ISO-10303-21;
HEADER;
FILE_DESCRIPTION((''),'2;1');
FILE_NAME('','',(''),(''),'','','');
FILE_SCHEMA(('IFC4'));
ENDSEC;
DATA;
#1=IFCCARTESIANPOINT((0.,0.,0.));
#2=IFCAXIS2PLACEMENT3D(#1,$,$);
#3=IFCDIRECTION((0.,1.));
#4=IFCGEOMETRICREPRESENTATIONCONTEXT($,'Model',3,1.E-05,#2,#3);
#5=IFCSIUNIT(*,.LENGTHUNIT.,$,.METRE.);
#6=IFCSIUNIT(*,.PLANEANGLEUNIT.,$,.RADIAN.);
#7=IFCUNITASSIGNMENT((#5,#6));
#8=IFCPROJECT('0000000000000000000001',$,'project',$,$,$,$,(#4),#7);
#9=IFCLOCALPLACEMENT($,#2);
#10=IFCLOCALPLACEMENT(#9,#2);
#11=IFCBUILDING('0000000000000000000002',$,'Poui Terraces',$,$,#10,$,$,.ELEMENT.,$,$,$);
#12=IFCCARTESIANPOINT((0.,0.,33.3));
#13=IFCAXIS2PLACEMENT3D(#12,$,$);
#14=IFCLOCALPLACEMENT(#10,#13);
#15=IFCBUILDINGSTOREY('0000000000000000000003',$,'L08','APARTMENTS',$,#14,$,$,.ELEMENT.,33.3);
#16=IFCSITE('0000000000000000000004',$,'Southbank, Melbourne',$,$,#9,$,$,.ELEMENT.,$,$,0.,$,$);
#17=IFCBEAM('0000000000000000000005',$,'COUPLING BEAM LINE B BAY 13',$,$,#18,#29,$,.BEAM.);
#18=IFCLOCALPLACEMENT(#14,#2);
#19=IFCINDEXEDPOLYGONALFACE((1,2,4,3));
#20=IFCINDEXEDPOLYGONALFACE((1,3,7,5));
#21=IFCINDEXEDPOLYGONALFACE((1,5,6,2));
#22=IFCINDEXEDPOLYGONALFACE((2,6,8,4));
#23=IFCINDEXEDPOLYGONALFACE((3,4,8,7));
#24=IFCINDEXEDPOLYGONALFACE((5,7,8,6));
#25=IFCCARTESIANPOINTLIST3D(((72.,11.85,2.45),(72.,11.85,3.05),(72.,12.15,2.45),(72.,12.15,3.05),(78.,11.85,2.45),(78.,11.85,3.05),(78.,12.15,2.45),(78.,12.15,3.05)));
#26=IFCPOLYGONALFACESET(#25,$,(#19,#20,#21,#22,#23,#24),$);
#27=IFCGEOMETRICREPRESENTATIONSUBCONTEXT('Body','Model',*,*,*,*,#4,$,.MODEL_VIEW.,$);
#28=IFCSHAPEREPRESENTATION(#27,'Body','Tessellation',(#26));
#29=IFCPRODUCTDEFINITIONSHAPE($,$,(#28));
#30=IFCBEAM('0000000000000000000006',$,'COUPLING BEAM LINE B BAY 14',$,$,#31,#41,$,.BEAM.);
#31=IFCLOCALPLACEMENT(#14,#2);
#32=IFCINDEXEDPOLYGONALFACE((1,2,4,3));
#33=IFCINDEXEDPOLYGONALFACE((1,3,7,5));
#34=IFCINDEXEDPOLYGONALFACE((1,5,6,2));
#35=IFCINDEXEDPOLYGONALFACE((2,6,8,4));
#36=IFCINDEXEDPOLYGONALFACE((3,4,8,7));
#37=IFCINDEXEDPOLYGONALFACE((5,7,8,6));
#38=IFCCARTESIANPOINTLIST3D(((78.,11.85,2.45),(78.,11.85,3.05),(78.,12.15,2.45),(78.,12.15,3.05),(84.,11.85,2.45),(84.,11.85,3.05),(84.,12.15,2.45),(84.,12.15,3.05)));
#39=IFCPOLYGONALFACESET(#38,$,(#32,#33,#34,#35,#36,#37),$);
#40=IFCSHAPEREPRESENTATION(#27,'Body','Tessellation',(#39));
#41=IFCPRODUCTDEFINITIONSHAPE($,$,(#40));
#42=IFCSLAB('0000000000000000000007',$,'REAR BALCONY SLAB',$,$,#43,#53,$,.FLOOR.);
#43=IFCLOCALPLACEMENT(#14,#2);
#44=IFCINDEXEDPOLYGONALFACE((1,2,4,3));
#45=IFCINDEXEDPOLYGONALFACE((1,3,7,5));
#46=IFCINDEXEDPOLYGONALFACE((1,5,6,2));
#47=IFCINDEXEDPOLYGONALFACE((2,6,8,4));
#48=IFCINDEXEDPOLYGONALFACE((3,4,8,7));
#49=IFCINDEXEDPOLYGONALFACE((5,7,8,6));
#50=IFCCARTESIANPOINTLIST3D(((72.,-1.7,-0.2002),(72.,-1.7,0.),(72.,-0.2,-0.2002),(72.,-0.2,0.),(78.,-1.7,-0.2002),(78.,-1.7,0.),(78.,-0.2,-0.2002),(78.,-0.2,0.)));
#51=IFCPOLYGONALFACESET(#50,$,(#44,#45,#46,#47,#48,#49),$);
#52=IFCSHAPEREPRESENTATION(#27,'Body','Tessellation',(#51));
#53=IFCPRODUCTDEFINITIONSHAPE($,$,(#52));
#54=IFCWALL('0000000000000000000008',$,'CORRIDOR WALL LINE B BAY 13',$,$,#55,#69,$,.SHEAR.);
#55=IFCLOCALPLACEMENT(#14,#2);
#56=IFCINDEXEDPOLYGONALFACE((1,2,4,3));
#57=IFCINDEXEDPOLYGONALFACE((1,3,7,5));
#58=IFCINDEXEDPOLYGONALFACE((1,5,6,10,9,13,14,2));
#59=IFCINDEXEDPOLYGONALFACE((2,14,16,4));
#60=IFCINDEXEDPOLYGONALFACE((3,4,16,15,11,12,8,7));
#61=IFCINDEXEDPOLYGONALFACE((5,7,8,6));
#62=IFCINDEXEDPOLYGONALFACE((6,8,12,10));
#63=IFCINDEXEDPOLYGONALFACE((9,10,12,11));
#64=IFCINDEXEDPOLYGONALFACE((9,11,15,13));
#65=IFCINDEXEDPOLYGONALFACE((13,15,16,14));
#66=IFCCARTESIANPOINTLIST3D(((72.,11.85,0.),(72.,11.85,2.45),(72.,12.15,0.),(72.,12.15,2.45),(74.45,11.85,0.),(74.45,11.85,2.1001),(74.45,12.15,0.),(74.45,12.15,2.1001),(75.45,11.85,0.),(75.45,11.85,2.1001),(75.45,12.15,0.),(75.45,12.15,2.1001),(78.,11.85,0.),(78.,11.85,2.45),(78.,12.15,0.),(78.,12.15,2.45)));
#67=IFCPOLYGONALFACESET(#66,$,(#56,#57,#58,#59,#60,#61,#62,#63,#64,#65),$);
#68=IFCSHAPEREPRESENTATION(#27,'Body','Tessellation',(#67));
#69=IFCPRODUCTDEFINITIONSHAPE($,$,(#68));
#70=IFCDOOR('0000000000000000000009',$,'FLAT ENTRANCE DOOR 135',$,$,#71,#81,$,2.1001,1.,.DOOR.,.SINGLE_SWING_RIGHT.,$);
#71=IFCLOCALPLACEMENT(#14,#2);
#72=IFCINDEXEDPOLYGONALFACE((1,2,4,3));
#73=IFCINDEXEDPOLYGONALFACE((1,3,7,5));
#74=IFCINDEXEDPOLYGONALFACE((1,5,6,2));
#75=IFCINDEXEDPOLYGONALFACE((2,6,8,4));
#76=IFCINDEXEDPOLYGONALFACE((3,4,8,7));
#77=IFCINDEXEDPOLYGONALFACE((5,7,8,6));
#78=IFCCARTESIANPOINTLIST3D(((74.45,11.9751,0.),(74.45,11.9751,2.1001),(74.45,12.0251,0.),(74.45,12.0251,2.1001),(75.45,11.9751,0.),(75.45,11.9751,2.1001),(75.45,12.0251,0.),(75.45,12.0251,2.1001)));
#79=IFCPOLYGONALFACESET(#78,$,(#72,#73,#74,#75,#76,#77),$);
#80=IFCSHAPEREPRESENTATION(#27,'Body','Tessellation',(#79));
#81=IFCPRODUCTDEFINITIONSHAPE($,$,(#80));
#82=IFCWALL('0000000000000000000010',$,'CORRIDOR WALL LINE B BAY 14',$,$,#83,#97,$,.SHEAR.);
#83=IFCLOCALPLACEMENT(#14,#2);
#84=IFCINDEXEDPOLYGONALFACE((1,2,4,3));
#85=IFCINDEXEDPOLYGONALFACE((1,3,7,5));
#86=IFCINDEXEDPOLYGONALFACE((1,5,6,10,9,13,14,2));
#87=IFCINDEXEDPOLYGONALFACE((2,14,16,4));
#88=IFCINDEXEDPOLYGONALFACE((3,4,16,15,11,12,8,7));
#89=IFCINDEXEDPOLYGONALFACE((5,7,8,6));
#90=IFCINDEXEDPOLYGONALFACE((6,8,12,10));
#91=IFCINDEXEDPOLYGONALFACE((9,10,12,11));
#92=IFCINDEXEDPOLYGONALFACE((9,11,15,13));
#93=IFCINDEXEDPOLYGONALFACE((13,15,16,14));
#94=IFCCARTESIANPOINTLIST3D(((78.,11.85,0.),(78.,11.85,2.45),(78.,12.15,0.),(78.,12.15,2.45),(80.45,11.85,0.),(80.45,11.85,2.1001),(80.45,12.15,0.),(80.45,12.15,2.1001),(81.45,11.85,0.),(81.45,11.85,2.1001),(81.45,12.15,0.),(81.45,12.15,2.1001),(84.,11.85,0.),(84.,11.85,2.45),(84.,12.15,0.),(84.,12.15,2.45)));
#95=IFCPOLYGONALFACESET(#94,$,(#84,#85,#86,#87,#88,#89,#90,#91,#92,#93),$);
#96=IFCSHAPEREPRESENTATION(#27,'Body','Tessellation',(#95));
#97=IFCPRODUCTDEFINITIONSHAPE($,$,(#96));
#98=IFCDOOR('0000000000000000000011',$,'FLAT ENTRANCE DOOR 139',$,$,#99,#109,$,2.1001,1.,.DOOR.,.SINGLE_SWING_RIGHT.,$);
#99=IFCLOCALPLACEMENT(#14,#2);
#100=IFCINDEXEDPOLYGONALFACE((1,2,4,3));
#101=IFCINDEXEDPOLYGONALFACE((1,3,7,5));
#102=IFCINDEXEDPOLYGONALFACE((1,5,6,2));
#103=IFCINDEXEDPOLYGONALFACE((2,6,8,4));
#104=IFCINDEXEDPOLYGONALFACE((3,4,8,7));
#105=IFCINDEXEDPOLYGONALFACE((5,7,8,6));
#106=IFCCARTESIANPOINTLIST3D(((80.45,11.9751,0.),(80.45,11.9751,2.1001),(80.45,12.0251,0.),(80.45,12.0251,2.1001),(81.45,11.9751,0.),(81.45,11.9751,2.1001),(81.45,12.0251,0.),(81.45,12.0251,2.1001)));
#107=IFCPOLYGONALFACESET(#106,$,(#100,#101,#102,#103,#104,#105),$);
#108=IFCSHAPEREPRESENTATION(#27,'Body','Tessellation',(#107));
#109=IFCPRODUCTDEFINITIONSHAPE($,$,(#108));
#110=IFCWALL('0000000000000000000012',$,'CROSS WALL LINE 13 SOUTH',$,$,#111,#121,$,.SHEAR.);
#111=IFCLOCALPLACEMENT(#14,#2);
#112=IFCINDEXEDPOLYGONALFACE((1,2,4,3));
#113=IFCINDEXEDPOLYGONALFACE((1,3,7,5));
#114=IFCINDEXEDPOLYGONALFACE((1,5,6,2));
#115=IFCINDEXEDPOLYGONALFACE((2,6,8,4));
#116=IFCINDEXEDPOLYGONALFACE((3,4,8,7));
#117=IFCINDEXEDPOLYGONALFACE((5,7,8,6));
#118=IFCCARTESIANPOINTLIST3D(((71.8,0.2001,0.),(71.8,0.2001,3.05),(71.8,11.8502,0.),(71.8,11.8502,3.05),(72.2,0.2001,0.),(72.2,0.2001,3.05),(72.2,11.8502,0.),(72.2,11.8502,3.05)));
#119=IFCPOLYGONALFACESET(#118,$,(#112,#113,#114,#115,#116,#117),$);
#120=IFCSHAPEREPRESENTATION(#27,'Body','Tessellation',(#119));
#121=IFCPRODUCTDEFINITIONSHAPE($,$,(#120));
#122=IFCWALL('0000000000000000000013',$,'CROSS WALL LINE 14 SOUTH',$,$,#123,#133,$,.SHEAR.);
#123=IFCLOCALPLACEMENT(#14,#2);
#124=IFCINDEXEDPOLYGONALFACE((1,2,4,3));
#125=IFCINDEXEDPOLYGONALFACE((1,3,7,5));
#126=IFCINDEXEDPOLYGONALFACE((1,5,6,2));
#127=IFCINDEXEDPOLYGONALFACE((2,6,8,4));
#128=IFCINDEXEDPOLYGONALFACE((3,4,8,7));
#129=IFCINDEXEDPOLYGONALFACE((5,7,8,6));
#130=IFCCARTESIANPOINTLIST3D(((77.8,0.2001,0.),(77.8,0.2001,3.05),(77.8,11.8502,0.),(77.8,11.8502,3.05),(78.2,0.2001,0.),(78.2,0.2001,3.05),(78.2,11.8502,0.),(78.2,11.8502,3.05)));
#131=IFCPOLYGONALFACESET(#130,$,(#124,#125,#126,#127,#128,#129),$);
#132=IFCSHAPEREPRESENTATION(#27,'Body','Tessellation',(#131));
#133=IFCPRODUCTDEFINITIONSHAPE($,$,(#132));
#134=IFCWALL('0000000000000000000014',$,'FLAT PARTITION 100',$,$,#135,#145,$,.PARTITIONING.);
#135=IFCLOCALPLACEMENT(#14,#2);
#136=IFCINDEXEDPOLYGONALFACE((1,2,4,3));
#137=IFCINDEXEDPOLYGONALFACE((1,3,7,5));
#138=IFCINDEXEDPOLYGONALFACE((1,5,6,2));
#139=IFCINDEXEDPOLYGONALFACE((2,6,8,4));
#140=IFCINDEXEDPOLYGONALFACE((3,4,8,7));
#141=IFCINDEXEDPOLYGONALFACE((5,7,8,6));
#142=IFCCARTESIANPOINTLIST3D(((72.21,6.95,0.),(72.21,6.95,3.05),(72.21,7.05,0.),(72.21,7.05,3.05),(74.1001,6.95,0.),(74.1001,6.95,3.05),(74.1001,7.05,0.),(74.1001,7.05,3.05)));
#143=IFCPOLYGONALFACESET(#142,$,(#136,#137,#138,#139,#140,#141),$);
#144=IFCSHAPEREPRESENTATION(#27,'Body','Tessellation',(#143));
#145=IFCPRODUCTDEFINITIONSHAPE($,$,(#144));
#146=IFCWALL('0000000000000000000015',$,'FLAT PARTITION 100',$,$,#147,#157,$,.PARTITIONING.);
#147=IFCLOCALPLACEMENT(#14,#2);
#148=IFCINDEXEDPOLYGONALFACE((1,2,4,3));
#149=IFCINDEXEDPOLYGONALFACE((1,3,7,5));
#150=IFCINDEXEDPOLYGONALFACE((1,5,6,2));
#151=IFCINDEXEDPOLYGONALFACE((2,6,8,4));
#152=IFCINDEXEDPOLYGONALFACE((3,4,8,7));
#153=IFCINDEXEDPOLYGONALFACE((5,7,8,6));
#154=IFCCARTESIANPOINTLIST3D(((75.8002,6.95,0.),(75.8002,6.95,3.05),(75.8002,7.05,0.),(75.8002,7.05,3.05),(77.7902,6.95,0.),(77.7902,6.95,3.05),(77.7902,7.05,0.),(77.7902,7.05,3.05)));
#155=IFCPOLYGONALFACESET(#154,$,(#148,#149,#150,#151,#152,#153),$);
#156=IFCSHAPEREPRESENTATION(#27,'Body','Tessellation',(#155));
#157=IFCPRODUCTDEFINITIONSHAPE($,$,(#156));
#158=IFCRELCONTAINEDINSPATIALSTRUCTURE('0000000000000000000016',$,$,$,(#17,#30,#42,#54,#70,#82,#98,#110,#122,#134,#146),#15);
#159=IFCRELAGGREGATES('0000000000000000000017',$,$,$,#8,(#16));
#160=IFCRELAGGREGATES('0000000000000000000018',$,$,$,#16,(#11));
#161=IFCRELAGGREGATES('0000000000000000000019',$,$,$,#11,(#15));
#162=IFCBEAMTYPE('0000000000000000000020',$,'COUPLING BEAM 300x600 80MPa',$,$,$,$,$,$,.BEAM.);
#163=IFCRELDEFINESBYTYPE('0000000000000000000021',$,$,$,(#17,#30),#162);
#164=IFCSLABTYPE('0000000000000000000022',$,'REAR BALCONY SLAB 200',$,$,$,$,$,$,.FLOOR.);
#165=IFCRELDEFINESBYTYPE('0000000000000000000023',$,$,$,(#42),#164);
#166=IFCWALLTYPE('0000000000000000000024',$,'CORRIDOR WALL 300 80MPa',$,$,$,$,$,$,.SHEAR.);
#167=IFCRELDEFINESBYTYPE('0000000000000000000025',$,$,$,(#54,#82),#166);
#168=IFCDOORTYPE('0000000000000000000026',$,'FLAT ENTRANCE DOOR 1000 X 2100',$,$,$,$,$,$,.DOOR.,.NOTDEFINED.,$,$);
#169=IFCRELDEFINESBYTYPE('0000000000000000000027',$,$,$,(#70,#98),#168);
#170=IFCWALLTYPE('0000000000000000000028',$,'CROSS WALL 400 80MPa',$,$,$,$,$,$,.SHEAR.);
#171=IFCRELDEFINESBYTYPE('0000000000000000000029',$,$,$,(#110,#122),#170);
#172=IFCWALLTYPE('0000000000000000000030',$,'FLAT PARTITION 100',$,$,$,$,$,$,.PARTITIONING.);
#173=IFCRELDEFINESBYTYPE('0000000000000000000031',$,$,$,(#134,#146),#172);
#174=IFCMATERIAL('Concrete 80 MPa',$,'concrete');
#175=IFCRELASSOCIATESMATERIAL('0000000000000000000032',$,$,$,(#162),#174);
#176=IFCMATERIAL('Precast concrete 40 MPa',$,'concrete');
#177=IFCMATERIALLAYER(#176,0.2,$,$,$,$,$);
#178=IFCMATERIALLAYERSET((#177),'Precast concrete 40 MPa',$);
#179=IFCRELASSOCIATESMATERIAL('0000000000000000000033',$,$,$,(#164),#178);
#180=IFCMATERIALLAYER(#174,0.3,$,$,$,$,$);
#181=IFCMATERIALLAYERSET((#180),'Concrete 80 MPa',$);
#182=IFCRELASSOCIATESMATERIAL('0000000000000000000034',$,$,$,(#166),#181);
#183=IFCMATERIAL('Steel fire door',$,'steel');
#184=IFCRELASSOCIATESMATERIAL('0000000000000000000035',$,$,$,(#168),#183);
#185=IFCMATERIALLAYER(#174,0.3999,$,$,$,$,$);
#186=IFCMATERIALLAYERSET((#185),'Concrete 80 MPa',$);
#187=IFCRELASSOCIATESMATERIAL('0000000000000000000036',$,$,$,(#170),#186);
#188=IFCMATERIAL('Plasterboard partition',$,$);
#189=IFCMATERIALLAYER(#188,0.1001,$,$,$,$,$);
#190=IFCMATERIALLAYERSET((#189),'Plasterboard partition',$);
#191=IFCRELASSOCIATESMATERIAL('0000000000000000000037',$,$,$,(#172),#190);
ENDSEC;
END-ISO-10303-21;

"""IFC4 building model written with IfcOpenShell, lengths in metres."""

from ifc_helpers import new_model, si_unit, direction, frame, frame_2d, origin, origin_2d, place, context, subcontext, project, spatial, polyline, rectangle, outline, extrude, source, transform, mapped, material, layer, layer_set, material_profile, profile_set, type_object, element, fill, save


model = new_model("IFC4")

# Units and contexts
model_context = context("Model", 3, precision=1e-05, world=origin(), true_north=direction((0.0, 1.0)))
body_context = subcontext(model_context, "Body", "Model", "MODEL_VIEW")
ifc_project = project(units=[si_unit("LENGTHUNIT", "METRE"), si_unit("PLANEANGLEUNIT", "RADIAN")], contexts=[model_context])

# Site, building, storey
site_placement = place(None, origin())
site = spatial("IfcSite", under=ifc_project, at=site_placement, Name="Southbank, Melbourne", CompositionType="ELEMENT", RefElevation=0.0)
building_placement = place(site_placement, origin())
building = spatial("IfcBuilding", under=site, at=building_placement, Name="Poui Terraces", CompositionType="ELEMENT")
storey_placement = place(building_placement, frame((0.0, 0.0, 33.3)))
storey = spatial("IfcBuildingStorey", under=building, at=storey_placement, Name="L08", Description="APARTMENTS", CompositionType="ELEMENT", Elevation=33.3)

# Beams
ifc_material_1 = material(Name="Concrete 80 MPa", Category="concrete")
ifc_material_profile_1 = material_profile(ifc_material_1, rectangle(XDim=0.3, YDim=0.6001, at=origin_2d()), Name="RC 300x600")
ifc_profile_set_1 = profile_set([ifc_material_profile_1], Name="Concrete 80 MPa")
beam_type = type_object("IfcBeamType", Name="COUPLING BEAM 300x600 80MPa", PredefinedType="BEAM", material=ifc_profile_set_1)
shared_shape_1 = source(origin(), body_context, "Body", "SweptSolid", [
    extrude(rectangle(XDim=0.3, YDim=0.6001, at=origin_2d()), origin(), (0.0, 0.0, 1.0), 6.0),
])
for number, where, z_axis, x_axis, name in (
    (1, (72.0, 12.0, 2.75), (1.0, 0.0, 0.0), (0.0, 1.0, 0.0), "COUPLING BEAM LINE B BAY 13"),
    (2, (78.0, 12.0, 2.75), (1.0, 0.0, 0.0), (0.0, 1.0, 0.0), "COUPLING BEAM LINE B BAY 14"),
):
    element("IfcBeam", number, at=place(storey_placement, frame(where, z_axis=z_axis, x_axis=x_axis)), inside=storey, type_object=beam_type, Name=name, PredefinedType="BEAM", context=body_context, shape_type="MappedRepresentation", body=[
        mapped(shared_shape_1, transform((0.0, 0.0, 0.0))),
    ])

# Slab
ifc_material_2 = material(Name="Precast concrete 40 MPa", Category="concrete")
ifc_layer_1 = layer(ifc_material_2, 0.2)
ifc_layer_set_1 = layer_set([ifc_layer_1], Name="Precast concrete 40 MPa")
slab_type = type_object("IfcSlabType", Name="REAR BALCONY SLAB 200", PredefinedType="FLOOR", material=ifc_layer_set_1)
shared_shape_2 = source(origin(), body_context, "Body", "SweptSolid", [
    extrude(outline(polyline([(0.0, 0.0), (6.0, 0.0), (6.0, 1.5), (0.0, 1.5), (0.0, 0.0)])), origin(), (0.0, 0.0, 1.0), 0.2002),
])
slab_placement = place(storey_placement, frame((72.0, -1.7, -0.2002)))
element("IfcSlab", 3, at=slab_placement, inside=storey, type_object=slab_type, Name="REAR BALCONY SLAB", PredefinedType="FLOOR", context=body_context, shape_type="MappedRepresentation", body=[
    mapped(shared_shape_2, transform((0.0, 0.0, 0.0))),
])

# Walls, openings, doors
ifc_layer_2 = layer(ifc_material_1, 0.3)
ifc_layer_set_2 = layer_set([ifc_layer_2], Name="Concrete 80 MPa")
wall_type_1 = type_object("IfcWallType", Name="CORRIDOR WALL 300 80MPa", PredefinedType="SHEAR", material=ifc_layer_set_2)
wall_1_placement = place(storey_placement, frame((72.0, 12.0, 0.0), z_axis=(0.0, 0.0, 1.0), x_axis=(1.0, 0.0, 0.0)))
wall_1 = element("IfcWall", 4, at=wall_1_placement, inside=storey, type_object=wall_type_1, Name="CORRIDOR WALL LINE B BAY 13", PredefinedType="SHEAR", context=body_context, shape_type="SweptSolid", body=[
    extrude(rectangle(XDim=6.0, YDim=0.3, at=frame_2d((3.0, 0.0))), origin(), (0.0, 0.0, 1.0), 2.45),
])
opening_1_placement = place(wall_1_placement, frame((2.45, 0.0, 0.0)))
opening_1 = element("IfcOpeningElement", 5, at=opening_1_placement, cuts=wall_1, PredefinedType="OPENING", context=body_context, shape_type="SweptSolid", body=[
    extrude(rectangle(XDim=1.0, YDim=2.1001, at=frame_2d((0.5, 1.05))), frame((0.0, 0.1602, 0.0), z_axis=(0.0, -1.0, 0.0), x_axis=(1.0, 0.0, 0.0)), (0.0, 0.0, 1.0), 0.3201),
])
ifc_material_3 = material(Name="Steel fire door", Category="steel")
door_type_1 = type_object("IfcDoorType", Name="FLAT ENTRANCE DOOR 1000 X 2100", OperationType="NOTDEFINED", PredefinedType="DOOR", material=ifc_material_3)
door_1_placement = place(opening_1_placement, frame((1.0, 0.0, 0.0), z_axis=(0.0, 0.0, 1.0), x_axis=(-1.0, 0.0, 0.0)))
door_1 = element("IfcDoor", 6, at=door_1_placement, inside=storey, type_object=door_type_1, Name="FLAT ENTRANCE DOOR 135", OperationType="SINGLE_SWING_RIGHT", OverallHeight=2.1001, OverallWidth=1.0, PredefinedType="DOOR", context=body_context, shape_type="SweptSolid", body=[
    extrude(rectangle(XDim=1.0, YDim=2.1001, at=frame_2d((0.5, 1.05))), frame((0.0, 0.0249, 0.0), z_axis=(0.0, -1.0, 0.0), x_axis=(1.0, 0.0, 0.0)), (0.0, 0.0, 1.0), 0.05),
])
fill(opening_1, door_1)
wall_2_placement = place(storey_placement, frame((78.0, 12.0, 0.0), z_axis=(0.0, 0.0, 1.0), x_axis=(1.0, 0.0, 0.0)))
wall_2 = element("IfcWall", 7, at=wall_2_placement, inside=storey, type_object=wall_type_1, Name="CORRIDOR WALL LINE B BAY 14", PredefinedType="SHEAR", context=body_context, shape_type="SweptSolid", body=[
    extrude(rectangle(XDim=6.0, YDim=0.3, at=frame_2d((3.0, 0.0))), origin(), (0.0, 0.0, 1.0), 2.45),
])
opening_2_placement = place(wall_2_placement, frame((2.45, 0.0, 0.0)))
opening_2 = element("IfcOpeningElement", 8, at=opening_2_placement, cuts=wall_2, PredefinedType="OPENING", context=body_context, shape_type="SweptSolid", body=[
    extrude(rectangle(XDim=1.0, YDim=2.1001, at=frame_2d((0.5, 1.05))), frame((0.0, 0.1602, 0.0), z_axis=(0.0, -1.0, 0.0), x_axis=(1.0, 0.0, 0.0)), (0.0, 0.0, 1.0), 0.3201),
])
door_2_placement = place(opening_2_placement, frame((1.0, 0.0, 0.0), z_axis=(0.0, 0.0, 1.0), x_axis=(-1.0, 0.0, 0.0)))
door_2 = element("IfcDoor", 9, at=door_2_placement, inside=storey, type_object=door_type_1, Name="FLAT ENTRANCE DOOR 139", OperationType="SINGLE_SWING_RIGHT", OverallHeight=2.1001, OverallWidth=1.0, PredefinedType="DOOR", context=body_context, shape_type="SweptSolid", body=[
    extrude(rectangle(XDim=1.0, YDim=2.1001, at=frame_2d((0.5, 1.05))), frame((0.0, 0.0249, 0.0), z_axis=(0.0, -1.0, 0.0), x_axis=(1.0, 0.0, 0.0)), (0.0, 0.0, 1.0), 0.05),
])
fill(opening_2, door_2)

# Walls
ifc_layer_3 = layer(ifc_material_1, 0.3999)
ifc_layer_set_3 = layer_set([ifc_layer_3], Name="Concrete 80 MPa")
wall_type_2 = type_object("IfcWallType", Name="CROSS WALL 400 80MPa", PredefinedType="SHEAR", material=ifc_layer_set_3)
for number, where, z_axis, x_axis, name in (
    (10, (72.0, 0.2, 0.0), (0.0, 0.0, 1.0), (0.0, 1.0, 0.0), "CROSS WALL LINE 13 SOUTH"),
    (11, (78.0, 0.2, 0.0), (0.0, 0.0, 1.0), (0.0, 1.0, 0.0), "CROSS WALL LINE 14 SOUTH"),
):
    element("IfcWall", number, at=place(storey_placement, frame(where, z_axis=z_axis, x_axis=x_axis)), inside=storey, type_object=wall_type_2, Name=name, PredefinedType="SHEAR", context=body_context, shape_type="SweptSolid", body=[
        extrude(rectangle(XDim=11.6501, YDim=0.3999, at=frame_2d((5.8252, 0.0))), origin(), (0.0, 0.0, 1.0), 3.05),
    ])
ifc_material_4 = material(Name="Plasterboard partition")
ifc_layer_4 = layer(ifc_material_4, 0.1001)
ifc_layer_set_4 = layer_set([ifc_layer_4], Name="Plasterboard partition")
wall_type_3 = type_object("IfcWallType", Name="FLAT PARTITION 100", PredefinedType="PARTITIONING", material=ifc_layer_set_4)
wall_3_placement = place(storey_placement, frame((72.21, 7.0, 0.0), z_axis=(0.0, 0.0, 1.0), x_axis=(1.0, 0.0, 0.0)))
element("IfcWall", 12, at=wall_3_placement, inside=storey, type_object=wall_type_3, Name="FLAT PARTITION 100", PredefinedType="PARTITIONING", context=body_context, shape_type="SweptSolid", body=[
    extrude(rectangle(XDim=1.8901, YDim=0.1001, at=frame_2d((0.9451, 0.0))), origin(), (0.0, 0.0, 1.0), 3.05),
])
wall_4_placement = place(storey_placement, frame((75.8, 7.0, 0.0), z_axis=(0.0, 0.0, 1.0), x_axis=(1.0, 0.0, 0.0)))
element("IfcWall", 13, at=wall_4_placement, inside=storey, type_object=wall_type_3, Name="FLAT PARTITION 100", PredefinedType="PARTITIONING", context=body_context, shape_type="SweptSolid", body=[
    extrude(rectangle(XDim=1.99, YDim=0.1001, at=frame_2d((0.9951, 0.0))), origin(), (0.0, 0.0, 1.0), 3.05),
])

save(model, "model.ifc")
